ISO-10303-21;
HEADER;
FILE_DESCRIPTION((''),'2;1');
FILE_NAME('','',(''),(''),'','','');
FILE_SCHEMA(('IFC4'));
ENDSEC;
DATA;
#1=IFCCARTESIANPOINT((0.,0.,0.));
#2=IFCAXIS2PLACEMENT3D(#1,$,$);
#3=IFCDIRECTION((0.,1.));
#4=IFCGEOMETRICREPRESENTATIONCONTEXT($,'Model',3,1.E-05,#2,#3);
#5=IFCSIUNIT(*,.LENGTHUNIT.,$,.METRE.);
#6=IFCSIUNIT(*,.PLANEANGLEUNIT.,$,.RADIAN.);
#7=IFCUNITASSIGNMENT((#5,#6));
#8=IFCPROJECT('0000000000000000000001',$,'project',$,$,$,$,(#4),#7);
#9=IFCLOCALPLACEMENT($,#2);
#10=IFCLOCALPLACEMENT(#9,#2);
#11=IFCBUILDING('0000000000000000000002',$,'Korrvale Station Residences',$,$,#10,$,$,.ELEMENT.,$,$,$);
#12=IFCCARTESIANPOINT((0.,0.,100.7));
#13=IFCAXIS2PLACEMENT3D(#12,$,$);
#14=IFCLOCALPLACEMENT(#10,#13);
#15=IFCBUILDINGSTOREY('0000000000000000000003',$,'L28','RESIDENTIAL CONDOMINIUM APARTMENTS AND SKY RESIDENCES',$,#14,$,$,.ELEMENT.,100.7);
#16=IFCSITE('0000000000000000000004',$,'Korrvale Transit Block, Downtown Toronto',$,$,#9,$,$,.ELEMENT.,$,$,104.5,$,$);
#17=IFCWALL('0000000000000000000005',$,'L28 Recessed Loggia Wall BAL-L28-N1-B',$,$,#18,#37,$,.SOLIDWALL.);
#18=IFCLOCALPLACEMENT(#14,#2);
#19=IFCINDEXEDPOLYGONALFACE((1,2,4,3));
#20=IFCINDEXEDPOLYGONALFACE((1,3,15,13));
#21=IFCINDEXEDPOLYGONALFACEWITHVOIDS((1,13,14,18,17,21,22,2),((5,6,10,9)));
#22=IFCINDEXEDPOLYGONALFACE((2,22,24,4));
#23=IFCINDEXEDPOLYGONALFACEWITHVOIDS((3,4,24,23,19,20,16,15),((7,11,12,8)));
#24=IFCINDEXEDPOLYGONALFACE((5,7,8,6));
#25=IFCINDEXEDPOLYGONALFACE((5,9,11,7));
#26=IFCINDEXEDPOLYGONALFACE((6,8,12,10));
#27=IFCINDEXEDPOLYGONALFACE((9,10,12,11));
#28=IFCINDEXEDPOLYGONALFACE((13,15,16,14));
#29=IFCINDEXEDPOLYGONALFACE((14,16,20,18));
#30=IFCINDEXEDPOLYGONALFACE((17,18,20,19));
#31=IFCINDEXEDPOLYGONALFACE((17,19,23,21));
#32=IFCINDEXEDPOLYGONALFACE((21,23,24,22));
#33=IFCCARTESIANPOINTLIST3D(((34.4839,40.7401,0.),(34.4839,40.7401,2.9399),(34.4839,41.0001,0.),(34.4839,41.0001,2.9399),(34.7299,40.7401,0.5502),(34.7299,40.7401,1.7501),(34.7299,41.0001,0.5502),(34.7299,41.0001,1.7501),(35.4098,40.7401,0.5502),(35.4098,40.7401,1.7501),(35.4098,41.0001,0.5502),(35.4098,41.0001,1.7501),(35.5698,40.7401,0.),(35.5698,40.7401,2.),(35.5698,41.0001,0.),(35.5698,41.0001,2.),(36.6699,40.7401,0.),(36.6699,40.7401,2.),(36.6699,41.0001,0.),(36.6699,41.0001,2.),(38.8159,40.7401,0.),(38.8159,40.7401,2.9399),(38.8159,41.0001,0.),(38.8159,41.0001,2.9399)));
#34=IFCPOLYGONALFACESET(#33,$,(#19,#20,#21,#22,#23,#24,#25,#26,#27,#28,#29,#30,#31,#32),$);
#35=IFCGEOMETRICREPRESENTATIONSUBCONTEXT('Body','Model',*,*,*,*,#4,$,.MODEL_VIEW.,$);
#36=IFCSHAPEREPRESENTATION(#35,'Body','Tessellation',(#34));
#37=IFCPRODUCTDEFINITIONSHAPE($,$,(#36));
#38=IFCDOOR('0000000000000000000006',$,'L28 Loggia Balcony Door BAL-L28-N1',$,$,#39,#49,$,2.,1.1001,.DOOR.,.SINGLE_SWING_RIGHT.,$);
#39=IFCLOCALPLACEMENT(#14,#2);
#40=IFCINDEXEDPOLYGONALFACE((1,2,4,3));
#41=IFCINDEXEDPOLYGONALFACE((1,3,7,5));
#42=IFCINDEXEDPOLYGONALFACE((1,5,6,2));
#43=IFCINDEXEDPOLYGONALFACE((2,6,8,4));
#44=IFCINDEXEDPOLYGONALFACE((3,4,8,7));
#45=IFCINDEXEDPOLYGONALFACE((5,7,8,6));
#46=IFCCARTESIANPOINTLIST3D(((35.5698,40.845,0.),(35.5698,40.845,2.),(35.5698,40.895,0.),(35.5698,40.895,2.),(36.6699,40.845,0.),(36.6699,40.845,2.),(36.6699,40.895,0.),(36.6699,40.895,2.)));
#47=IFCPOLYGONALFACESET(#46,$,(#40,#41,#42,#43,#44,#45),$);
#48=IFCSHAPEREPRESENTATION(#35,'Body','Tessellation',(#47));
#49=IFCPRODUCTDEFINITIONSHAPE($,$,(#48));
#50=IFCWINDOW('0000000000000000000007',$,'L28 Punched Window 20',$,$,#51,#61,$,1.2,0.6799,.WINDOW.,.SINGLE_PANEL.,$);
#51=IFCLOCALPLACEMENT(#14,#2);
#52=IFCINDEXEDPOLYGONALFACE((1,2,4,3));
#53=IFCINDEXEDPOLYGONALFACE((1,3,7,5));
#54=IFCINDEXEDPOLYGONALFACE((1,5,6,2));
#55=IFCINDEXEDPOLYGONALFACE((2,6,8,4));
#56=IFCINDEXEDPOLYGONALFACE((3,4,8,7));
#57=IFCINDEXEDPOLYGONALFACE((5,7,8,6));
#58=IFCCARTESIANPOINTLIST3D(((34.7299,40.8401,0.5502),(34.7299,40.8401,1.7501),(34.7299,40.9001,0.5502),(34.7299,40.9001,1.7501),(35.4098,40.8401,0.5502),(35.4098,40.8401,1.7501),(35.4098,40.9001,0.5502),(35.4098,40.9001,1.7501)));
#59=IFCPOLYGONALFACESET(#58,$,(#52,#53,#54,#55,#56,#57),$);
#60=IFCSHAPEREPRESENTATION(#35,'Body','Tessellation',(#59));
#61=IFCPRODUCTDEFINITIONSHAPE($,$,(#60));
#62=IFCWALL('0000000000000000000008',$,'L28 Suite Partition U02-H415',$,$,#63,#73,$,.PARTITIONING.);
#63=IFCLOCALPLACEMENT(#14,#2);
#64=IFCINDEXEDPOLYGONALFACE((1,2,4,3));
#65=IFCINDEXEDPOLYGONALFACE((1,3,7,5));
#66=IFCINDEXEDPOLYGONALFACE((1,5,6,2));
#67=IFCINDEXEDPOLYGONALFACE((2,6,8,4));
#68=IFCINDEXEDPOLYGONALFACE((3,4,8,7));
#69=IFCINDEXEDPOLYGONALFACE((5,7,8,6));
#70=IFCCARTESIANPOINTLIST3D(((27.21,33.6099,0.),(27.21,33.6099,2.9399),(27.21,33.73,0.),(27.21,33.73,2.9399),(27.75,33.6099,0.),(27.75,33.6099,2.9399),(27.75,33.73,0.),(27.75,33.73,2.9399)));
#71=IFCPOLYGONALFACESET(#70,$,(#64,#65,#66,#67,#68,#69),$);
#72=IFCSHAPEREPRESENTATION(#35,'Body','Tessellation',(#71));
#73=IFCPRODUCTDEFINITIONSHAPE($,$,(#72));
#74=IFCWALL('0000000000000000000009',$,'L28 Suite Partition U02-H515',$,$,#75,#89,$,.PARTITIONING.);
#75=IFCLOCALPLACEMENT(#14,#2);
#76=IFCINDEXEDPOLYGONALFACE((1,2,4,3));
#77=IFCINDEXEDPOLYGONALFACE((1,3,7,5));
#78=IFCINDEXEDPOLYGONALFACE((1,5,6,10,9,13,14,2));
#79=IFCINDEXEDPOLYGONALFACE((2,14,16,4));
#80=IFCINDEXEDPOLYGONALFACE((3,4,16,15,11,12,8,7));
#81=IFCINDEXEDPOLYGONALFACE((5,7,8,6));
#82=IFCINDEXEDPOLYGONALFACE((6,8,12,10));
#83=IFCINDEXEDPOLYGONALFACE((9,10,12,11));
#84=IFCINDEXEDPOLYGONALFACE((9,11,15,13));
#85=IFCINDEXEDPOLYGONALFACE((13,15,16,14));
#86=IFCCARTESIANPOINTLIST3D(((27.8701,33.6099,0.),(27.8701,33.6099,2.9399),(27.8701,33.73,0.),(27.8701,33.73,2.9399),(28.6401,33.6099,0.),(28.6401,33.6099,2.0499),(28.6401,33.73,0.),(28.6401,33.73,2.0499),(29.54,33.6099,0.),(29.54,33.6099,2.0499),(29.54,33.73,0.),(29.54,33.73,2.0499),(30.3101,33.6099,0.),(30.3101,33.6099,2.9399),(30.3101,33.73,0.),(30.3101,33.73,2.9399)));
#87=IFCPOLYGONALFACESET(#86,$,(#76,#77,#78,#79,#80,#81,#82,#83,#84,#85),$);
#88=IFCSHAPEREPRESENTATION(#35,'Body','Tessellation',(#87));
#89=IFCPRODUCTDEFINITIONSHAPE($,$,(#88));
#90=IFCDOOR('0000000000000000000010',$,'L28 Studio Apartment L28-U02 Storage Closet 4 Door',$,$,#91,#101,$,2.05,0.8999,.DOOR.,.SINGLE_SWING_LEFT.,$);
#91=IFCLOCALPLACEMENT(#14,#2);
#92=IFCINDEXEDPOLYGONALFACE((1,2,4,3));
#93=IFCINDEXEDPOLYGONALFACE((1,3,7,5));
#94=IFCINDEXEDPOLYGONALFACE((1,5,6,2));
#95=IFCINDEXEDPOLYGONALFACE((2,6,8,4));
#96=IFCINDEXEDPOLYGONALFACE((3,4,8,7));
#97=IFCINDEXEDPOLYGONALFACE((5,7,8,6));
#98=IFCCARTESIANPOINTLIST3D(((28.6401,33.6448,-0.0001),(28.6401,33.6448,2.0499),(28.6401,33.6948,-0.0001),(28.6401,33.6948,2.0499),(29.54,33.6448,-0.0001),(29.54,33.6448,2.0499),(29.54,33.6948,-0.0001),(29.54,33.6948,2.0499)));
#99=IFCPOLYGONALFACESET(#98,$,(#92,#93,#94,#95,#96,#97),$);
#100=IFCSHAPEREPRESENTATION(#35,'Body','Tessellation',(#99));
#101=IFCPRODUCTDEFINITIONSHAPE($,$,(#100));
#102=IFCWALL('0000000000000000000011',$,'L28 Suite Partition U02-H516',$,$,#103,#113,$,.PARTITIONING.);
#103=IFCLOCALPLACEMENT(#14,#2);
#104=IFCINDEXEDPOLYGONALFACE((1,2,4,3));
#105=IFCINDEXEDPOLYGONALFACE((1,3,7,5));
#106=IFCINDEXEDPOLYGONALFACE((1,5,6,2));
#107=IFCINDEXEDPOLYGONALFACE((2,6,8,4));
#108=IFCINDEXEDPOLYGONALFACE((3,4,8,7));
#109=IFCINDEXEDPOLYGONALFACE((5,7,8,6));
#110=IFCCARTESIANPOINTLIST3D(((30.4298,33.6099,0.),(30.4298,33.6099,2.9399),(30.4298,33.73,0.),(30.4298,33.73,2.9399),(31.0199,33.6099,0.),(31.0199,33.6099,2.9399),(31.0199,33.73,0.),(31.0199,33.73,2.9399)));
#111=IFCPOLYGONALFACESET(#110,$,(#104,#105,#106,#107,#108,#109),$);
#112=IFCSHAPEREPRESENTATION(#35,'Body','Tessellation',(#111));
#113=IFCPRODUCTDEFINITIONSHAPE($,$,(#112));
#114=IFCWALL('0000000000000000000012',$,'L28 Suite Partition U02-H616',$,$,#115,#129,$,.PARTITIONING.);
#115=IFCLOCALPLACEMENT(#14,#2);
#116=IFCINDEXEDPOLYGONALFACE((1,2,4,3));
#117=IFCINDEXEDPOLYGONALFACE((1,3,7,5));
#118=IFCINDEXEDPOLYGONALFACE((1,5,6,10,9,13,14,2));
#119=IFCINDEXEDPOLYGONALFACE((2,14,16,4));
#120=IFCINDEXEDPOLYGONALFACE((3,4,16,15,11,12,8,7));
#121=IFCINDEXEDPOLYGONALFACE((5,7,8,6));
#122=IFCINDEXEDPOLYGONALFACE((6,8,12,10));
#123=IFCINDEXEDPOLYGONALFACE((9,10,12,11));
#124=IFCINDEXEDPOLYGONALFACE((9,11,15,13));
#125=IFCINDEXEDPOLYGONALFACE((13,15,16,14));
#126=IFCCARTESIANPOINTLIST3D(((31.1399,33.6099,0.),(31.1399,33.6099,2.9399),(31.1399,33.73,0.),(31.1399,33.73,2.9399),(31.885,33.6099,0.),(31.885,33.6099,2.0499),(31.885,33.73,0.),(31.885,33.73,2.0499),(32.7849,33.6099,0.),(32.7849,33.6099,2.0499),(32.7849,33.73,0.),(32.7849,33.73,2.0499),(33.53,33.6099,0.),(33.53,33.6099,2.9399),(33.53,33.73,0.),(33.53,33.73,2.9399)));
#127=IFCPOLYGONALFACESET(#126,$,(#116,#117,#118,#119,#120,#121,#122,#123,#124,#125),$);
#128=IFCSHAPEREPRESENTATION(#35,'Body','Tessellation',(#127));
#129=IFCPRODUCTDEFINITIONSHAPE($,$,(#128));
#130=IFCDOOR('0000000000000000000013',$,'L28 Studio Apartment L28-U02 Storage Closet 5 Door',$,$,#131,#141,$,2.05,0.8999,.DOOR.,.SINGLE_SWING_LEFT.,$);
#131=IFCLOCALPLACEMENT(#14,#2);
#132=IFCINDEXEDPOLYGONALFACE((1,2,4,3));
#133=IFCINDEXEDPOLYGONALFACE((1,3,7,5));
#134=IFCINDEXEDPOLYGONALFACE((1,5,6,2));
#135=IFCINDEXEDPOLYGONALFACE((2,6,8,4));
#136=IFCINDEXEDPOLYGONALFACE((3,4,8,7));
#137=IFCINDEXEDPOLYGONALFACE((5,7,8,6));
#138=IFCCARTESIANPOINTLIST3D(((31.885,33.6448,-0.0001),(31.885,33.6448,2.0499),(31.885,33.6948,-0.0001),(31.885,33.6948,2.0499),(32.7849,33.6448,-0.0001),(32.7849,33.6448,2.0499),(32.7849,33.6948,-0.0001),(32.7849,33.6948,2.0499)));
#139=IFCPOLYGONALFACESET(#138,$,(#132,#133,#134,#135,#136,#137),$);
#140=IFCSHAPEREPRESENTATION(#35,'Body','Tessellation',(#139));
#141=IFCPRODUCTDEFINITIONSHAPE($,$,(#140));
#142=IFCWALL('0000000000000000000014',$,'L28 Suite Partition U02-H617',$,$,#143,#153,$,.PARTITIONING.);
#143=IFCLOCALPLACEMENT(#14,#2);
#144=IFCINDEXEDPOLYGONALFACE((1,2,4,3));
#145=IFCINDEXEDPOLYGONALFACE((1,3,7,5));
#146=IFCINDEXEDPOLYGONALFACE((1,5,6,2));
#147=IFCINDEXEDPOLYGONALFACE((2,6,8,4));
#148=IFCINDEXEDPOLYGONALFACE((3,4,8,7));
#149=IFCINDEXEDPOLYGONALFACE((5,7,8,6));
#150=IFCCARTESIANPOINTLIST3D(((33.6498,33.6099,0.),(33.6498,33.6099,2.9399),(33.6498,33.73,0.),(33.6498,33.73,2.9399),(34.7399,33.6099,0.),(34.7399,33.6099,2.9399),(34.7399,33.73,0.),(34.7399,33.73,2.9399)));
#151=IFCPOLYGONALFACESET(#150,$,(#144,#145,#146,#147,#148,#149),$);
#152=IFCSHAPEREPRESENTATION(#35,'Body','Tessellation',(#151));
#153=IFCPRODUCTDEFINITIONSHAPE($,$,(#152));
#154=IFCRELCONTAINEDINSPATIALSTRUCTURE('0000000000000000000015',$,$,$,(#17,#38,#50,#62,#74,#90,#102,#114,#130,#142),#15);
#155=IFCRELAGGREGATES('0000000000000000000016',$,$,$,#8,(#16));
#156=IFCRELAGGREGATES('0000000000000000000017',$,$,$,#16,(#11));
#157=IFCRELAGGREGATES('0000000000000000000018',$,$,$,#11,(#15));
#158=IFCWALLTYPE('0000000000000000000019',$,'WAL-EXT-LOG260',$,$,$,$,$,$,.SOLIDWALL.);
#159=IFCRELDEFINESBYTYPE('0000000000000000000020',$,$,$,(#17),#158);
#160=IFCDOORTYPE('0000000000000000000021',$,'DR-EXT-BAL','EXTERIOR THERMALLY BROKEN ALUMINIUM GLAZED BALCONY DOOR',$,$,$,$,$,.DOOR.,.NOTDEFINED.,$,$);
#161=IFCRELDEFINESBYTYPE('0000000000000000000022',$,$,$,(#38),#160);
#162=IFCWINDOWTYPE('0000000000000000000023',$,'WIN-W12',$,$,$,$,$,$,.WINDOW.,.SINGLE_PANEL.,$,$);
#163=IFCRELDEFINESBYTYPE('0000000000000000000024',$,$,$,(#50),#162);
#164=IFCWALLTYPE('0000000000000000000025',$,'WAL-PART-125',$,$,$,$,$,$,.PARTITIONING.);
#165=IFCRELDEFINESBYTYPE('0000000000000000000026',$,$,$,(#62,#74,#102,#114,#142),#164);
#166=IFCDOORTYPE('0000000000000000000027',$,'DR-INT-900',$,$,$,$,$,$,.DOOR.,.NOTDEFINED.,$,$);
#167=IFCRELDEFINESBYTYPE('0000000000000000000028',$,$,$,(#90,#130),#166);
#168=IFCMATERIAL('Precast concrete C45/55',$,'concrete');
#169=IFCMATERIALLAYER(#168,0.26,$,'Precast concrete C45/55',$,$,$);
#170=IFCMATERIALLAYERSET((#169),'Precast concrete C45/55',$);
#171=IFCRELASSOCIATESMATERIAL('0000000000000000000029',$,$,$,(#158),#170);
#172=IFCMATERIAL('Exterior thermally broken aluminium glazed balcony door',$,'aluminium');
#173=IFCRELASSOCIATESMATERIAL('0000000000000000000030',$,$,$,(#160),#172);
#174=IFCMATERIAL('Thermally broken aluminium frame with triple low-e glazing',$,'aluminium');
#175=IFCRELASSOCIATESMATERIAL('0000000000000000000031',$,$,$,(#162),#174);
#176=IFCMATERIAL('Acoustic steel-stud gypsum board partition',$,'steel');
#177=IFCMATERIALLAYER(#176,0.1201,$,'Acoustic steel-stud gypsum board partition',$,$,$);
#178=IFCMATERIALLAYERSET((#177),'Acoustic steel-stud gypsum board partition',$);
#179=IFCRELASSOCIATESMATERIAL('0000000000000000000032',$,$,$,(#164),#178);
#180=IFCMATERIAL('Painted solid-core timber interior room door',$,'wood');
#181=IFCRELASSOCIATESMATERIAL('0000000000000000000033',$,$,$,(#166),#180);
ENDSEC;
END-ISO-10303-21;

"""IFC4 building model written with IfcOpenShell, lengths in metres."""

from ifc_helpers import new_model, si_unit, direction, frame, frame_2d, origin, place, context, subcontext, project, spatial, rectangle, extrude, material, layer, layer_set, type_object, element, fill, save


model = new_model("IFC4")

# Units and contexts
model_context = context("Model", 3, precision=1e-05, world=origin(), true_north=direction((0.0, 1.0)))
body_context = subcontext(model_context, "Body", "Model", "MODEL_VIEW")
ifc_project = project(units=[si_unit("LENGTHUNIT", "METRE"), si_unit("PLANEANGLEUNIT", "RADIAN")], contexts=[model_context])

# Site, building, storey
site_placement = place(None, origin())
site = spatial("IfcSite", under=ifc_project, at=site_placement, Name="Korrvale Transit Block, Downtown Toronto", CompositionType="ELEMENT", RefElevation=104.5)
building_placement = place(site_placement, origin())
building = spatial("IfcBuilding", under=site, at=building_placement, Name="Korrvale Station Residences", CompositionType="ELEMENT")
storey_placement = place(building_placement, frame((0.0, 0.0, 100.7)))
storey = spatial("IfcBuildingStorey", under=building, at=storey_placement, Name="L28", Description="RESIDENTIAL CONDOMINIUM APARTMENTS AND SKY RESIDENCES", CompositionType="ELEMENT", Elevation=100.7)

# Shared definitions
ifc_material_1 = material(Name="Precast concrete C45/55", Category="concrete")
ifc_layer_1 = layer(ifc_material_1, 0.26, Name="Precast concrete C45/55")
ifc_layer_set_1 = layer_set([ifc_layer_1], Name="Precast concrete C45/55")
wall_type_1 = type_object("IfcWallType", Name="WAL-EXT-LOG260", PredefinedType="SOLIDWALL", material=ifc_layer_set_1)

# Wall, openings, door, window
wall_1_placement = place(storey_placement, frame((34.4839, 40.8701, 0.0), z_axis=(0.0, 0.0, 1.0), x_axis=(1.0, 0.0, 0.0)))
wall_1 = element("IfcWall", 1, at=wall_1_placement, inside=storey, type_object=wall_type_1, Name="L28 Recessed Loggia Wall BAL-L28-N1-B", PredefinedType="SOLIDWALL", context=body_context, shape_type="SweptSolid", body=[
    extrude(rectangle(XDim=4.332, YDim=0.26, at=frame_2d((2.166, 0.0))), origin(), (0.0, 0.0, 1.0), 2.9399),
])
opening_1_placement = place(wall_1_placement, frame((1.0859, 0.0, 0.0)))
opening_1 = element("IfcOpeningElement", 2, at=opening_1_placement, cuts=wall_1, PredefinedType="OPENING", context=body_context, shape_type="SweptSolid", body=[
    extrude(rectangle(XDim=1.1001, YDim=2.0, at=frame_2d((0.55, 1.0))), frame((0.0, 0.1401, 0.0), z_axis=(0.0, -1.0, 0.0), x_axis=(1.0, 0.0, 0.0)), (0.0, 0.0, 1.0), 0.28),
])
opening_2_placement = place(wall_1_placement, frame((0.2461, 0.0, 0.55)))
opening_2 = element("IfcOpeningElement", 3, at=opening_2_placement, cuts=wall_1, PredefinedType="OPENING", context=body_context, shape_type="SweptSolid", body=[
    extrude(rectangle(XDim=0.6799, YDim=1.2, at=frame_2d((0.3398, 0.6001))), frame((0.0, 0.1401, 0.0), z_axis=(0.0, -1.0, 0.0), x_axis=(1.0, 0.0, 0.0)), (0.0, 0.0, 1.0), 0.28),
])
ifc_material_2 = material(Name="Exterior thermally broken aluminium glazed balcony door", Category="aluminium")
door_type_1 = type_object("IfcDoorType", Name="DR-EXT-BAL", Description="EXTERIOR THERMALLY BROKEN ALUMINIUM GLAZED BALCONY DOOR", OperationType="NOTDEFINED", PredefinedType="DOOR", material=ifc_material_2)
door_1_placement = place(opening_1_placement, origin())
door_1 = element("IfcDoor", 4, at=door_1_placement, inside=storey, type_object=door_type_1, Name="L28 Loggia Balcony Door BAL-L28-N1", OperationType="SINGLE_SWING_RIGHT", OverallHeight=2.0, OverallWidth=1.1001, PredefinedType="DOOR", context=body_context, shape_type="SweptSolid", body=[
    extrude(rectangle(XDim=1.1001, YDim=2.0, at=frame_2d((0.55, 1.0))), frame((0.0, 0.0249, 0.0), z_axis=(0.0, -1.0, 0.0), x_axis=(1.0, 0.0, 0.0)), (0.0, 0.0, 1.0), 0.05),
])
fill(opening_1, door_1)
ifc_material_3 = material(Name="Thermally broken aluminium frame with triple low-e glazing", Category="aluminium")
window_type = type_object("IfcWindowType", Name="WIN-W12", PartitioningType="SINGLE_PANEL", PredefinedType="WINDOW", material=ifc_material_3)
window_placement = place(opening_2_placement, origin())
window = element("IfcWindow", 5, at=window_placement, inside=storey, type_object=window_type, Name="L28 Punched Window 20", OverallHeight=1.2, OverallWidth=0.6799, PartitioningType="SINGLE_PANEL", PredefinedType="WINDOW", context=body_context, shape_type="SweptSolid", body=[
    extrude(rectangle(XDim=0.6799, YDim=1.2, at=frame_2d((0.3398, 0.6001))), frame((0.0, 0.03, 0.0), z_axis=(0.0, -1.0, 0.0), x_axis=(1.0, 0.0, 0.0)), (0.0, 0.0, 1.0), 0.0601),
])
fill(opening_2, window)

# Wall
ifc_material_4 = material(Name="Acoustic steel-stud gypsum board partition", Category="steel")
ifc_layer_2 = layer(ifc_material_4, 0.1201, Name="Acoustic steel-stud gypsum board partition")
ifc_layer_set_2 = layer_set([ifc_layer_2], Name="Acoustic steel-stud gypsum board partition")
wall_type_2 = type_object("IfcWallType", Name="WAL-PART-125", PredefinedType="PARTITIONING", material=ifc_layer_set_2)
wall_2_placement = place(storey_placement, frame((27.21, 33.6699, 0.0), z_axis=(0.0, 0.0, 1.0), x_axis=(1.0, 0.0, 0.0)))
element("IfcWall", 6, at=wall_2_placement, inside=storey, type_object=wall_type_2, Name="L28 Suite Partition U02-H415", PredefinedType="PARTITIONING", context=body_context, shape_type="SweptSolid", body=[
    extrude(rectangle(XDim=0.54, YDim=0.1201, at=frame_2d((0.27, 0.0))), origin(), (0.0, 0.0, 1.0), 2.9399),
])

# Wall, opening, door
wall_3_placement = place(storey_placement, frame((27.8701, 33.6699, 0.0), z_axis=(0.0, 0.0, 1.0), x_axis=(1.0, 0.0, 0.0)))
wall_3 = element("IfcWall", 7, at=wall_3_placement, inside=storey, type_object=wall_type_2, Name="L28 Suite Partition U02-H515", PredefinedType="PARTITIONING", context=body_context, shape_type="SweptSolid", body=[
    extrude(rectangle(XDim=2.4399, YDim=0.1201, at=frame_2d((1.22, 0.0))), origin(), (0.0, 0.0, 1.0), 2.9399),
])
opening_3_placement = place(wall_3_placement, frame((0.77, 0.0, 0.0)))
opening_3 = element("IfcOpeningElement", 8, at=opening_3_placement, cuts=wall_3, PredefinedType="OPENING", context=body_context, shape_type="SweptSolid", body=[
    extrude(rectangle(XDim=0.8999, YDim=2.05, at=frame_2d((0.45, 1.0249))), frame((0.0, 0.0701, 0.0), z_axis=(0.0, -1.0, 0.0), x_axis=(1.0, 0.0, 0.0)), (0.0, 0.0, 1.0), 0.1401),
])
ifc_material_5 = material(Name="Painted solid-core timber interior room door", Category="wood")
door_type_2 = type_object("IfcDoorType", Name="DR-INT-900", OperationType="NOTDEFINED", PredefinedType="DOOR", material=ifc_material_5)
door_2_placement = place(opening_3_placement, origin())
door_2 = element("IfcDoor", 9, at=door_2_placement, inside=storey, type_object=door_type_2, Name="L28 Studio Apartment L28-U02 Storage Closet 4 Door", OperationType="SINGLE_SWING_LEFT", OverallHeight=2.05, OverallWidth=0.8999, PredefinedType="DOOR", context=body_context, shape_type="SweptSolid", body=[
    extrude(rectangle(XDim=0.8999, YDim=2.05, at=frame_2d((0.45, 1.0249))), frame((0.0, 0.0249, 0.0), z_axis=(0.0, -1.0, 0.0), x_axis=(1.0, 0.0, 0.0)), (0.0, 0.0, 1.0), 0.05),
])
fill(opening_3, door_2)

# Wall
wall_4_placement = place(storey_placement, frame((30.4299, 33.6699, 0.0), z_axis=(0.0, 0.0, 1.0), x_axis=(1.0, 0.0, 0.0)))
element("IfcWall", 10, at=wall_4_placement, inside=storey, type_object=wall_type_2, Name="L28 Suite Partition U02-H516", PredefinedType="PARTITIONING", context=body_context, shape_type="SweptSolid", body=[
    extrude(rectangle(XDim=0.5901, YDim=0.1201, at=frame_2d((0.2949, 0.0))), origin(), (0.0, 0.0, 1.0), 2.9399),
])

# Wall, opening, door
wall_5_placement = place(storey_placement, frame((31.1399, 33.6699, 0.0), z_axis=(0.0, 0.0, 1.0), x_axis=(1.0, 0.0, 0.0)))
wall_5 = element("IfcWall", 11, at=wall_5_placement, inside=storey, type_object=wall_type_2, Name="L28 Suite Partition U02-H616", PredefinedType="PARTITIONING", context=body_context, shape_type="SweptSolid", body=[
    extrude(rectangle(XDim=2.3901, YDim=0.1201, at=frame_2d((1.1951, 0.0))), origin(), (0.0, 0.0, 1.0), 2.9399),
])
opening_4_placement = place(wall_5_placement, frame((0.7451, 0.0, 0.0)))
opening_4 = element("IfcOpeningElement", 12, at=opening_4_placement, cuts=wall_5, PredefinedType="OPENING", context=body_context, shape_type="SweptSolid", body=[
    extrude(rectangle(XDim=0.8999, YDim=2.05, at=frame_2d((0.45, 1.0249))), frame((0.0, 0.0701, 0.0), z_axis=(0.0, -1.0, 0.0), x_axis=(1.0, 0.0, 0.0)), (0.0, 0.0, 1.0), 0.1401),
])
door_3_placement = place(opening_4_placement, origin())
door_3 = element("IfcDoor", 13, at=door_3_placement, inside=storey, type_object=door_type_2, Name="L28 Studio Apartment L28-U02 Storage Closet 5 Door", OperationType="SINGLE_SWING_LEFT", OverallHeight=2.05, OverallWidth=0.8999, PredefinedType="DOOR", context=body_context, shape_type="SweptSolid", body=[
    extrude(rectangle(XDim=0.8999, YDim=2.05, at=frame_2d((0.45, 1.0249))), frame((0.0, 0.0249, 0.0), z_axis=(0.0, -1.0, 0.0), x_axis=(1.0, 0.0, 0.0)), (0.0, 0.0, 1.0), 0.05),
])
fill(opening_4, door_3)

# Wall
wall_6_placement = place(storey_placement, frame((33.6499, 33.6699, 0.0), z_axis=(0.0, 0.0, 1.0), x_axis=(1.0, 0.0, 0.0)))
element("IfcWall", 14, at=wall_6_placement, inside=storey, type_object=wall_type_2, Name="L28 Suite Partition U02-H617", PredefinedType="PARTITIONING", context=body_context, shape_type="SweptSolid", body=[
    extrude(rectangle(XDim=1.0901, YDim=0.1201, at=frame_2d((0.5449, 0.0))), origin(), (0.0, 0.0, 1.0), 2.9399),
])

save(model, "model.ifc")
